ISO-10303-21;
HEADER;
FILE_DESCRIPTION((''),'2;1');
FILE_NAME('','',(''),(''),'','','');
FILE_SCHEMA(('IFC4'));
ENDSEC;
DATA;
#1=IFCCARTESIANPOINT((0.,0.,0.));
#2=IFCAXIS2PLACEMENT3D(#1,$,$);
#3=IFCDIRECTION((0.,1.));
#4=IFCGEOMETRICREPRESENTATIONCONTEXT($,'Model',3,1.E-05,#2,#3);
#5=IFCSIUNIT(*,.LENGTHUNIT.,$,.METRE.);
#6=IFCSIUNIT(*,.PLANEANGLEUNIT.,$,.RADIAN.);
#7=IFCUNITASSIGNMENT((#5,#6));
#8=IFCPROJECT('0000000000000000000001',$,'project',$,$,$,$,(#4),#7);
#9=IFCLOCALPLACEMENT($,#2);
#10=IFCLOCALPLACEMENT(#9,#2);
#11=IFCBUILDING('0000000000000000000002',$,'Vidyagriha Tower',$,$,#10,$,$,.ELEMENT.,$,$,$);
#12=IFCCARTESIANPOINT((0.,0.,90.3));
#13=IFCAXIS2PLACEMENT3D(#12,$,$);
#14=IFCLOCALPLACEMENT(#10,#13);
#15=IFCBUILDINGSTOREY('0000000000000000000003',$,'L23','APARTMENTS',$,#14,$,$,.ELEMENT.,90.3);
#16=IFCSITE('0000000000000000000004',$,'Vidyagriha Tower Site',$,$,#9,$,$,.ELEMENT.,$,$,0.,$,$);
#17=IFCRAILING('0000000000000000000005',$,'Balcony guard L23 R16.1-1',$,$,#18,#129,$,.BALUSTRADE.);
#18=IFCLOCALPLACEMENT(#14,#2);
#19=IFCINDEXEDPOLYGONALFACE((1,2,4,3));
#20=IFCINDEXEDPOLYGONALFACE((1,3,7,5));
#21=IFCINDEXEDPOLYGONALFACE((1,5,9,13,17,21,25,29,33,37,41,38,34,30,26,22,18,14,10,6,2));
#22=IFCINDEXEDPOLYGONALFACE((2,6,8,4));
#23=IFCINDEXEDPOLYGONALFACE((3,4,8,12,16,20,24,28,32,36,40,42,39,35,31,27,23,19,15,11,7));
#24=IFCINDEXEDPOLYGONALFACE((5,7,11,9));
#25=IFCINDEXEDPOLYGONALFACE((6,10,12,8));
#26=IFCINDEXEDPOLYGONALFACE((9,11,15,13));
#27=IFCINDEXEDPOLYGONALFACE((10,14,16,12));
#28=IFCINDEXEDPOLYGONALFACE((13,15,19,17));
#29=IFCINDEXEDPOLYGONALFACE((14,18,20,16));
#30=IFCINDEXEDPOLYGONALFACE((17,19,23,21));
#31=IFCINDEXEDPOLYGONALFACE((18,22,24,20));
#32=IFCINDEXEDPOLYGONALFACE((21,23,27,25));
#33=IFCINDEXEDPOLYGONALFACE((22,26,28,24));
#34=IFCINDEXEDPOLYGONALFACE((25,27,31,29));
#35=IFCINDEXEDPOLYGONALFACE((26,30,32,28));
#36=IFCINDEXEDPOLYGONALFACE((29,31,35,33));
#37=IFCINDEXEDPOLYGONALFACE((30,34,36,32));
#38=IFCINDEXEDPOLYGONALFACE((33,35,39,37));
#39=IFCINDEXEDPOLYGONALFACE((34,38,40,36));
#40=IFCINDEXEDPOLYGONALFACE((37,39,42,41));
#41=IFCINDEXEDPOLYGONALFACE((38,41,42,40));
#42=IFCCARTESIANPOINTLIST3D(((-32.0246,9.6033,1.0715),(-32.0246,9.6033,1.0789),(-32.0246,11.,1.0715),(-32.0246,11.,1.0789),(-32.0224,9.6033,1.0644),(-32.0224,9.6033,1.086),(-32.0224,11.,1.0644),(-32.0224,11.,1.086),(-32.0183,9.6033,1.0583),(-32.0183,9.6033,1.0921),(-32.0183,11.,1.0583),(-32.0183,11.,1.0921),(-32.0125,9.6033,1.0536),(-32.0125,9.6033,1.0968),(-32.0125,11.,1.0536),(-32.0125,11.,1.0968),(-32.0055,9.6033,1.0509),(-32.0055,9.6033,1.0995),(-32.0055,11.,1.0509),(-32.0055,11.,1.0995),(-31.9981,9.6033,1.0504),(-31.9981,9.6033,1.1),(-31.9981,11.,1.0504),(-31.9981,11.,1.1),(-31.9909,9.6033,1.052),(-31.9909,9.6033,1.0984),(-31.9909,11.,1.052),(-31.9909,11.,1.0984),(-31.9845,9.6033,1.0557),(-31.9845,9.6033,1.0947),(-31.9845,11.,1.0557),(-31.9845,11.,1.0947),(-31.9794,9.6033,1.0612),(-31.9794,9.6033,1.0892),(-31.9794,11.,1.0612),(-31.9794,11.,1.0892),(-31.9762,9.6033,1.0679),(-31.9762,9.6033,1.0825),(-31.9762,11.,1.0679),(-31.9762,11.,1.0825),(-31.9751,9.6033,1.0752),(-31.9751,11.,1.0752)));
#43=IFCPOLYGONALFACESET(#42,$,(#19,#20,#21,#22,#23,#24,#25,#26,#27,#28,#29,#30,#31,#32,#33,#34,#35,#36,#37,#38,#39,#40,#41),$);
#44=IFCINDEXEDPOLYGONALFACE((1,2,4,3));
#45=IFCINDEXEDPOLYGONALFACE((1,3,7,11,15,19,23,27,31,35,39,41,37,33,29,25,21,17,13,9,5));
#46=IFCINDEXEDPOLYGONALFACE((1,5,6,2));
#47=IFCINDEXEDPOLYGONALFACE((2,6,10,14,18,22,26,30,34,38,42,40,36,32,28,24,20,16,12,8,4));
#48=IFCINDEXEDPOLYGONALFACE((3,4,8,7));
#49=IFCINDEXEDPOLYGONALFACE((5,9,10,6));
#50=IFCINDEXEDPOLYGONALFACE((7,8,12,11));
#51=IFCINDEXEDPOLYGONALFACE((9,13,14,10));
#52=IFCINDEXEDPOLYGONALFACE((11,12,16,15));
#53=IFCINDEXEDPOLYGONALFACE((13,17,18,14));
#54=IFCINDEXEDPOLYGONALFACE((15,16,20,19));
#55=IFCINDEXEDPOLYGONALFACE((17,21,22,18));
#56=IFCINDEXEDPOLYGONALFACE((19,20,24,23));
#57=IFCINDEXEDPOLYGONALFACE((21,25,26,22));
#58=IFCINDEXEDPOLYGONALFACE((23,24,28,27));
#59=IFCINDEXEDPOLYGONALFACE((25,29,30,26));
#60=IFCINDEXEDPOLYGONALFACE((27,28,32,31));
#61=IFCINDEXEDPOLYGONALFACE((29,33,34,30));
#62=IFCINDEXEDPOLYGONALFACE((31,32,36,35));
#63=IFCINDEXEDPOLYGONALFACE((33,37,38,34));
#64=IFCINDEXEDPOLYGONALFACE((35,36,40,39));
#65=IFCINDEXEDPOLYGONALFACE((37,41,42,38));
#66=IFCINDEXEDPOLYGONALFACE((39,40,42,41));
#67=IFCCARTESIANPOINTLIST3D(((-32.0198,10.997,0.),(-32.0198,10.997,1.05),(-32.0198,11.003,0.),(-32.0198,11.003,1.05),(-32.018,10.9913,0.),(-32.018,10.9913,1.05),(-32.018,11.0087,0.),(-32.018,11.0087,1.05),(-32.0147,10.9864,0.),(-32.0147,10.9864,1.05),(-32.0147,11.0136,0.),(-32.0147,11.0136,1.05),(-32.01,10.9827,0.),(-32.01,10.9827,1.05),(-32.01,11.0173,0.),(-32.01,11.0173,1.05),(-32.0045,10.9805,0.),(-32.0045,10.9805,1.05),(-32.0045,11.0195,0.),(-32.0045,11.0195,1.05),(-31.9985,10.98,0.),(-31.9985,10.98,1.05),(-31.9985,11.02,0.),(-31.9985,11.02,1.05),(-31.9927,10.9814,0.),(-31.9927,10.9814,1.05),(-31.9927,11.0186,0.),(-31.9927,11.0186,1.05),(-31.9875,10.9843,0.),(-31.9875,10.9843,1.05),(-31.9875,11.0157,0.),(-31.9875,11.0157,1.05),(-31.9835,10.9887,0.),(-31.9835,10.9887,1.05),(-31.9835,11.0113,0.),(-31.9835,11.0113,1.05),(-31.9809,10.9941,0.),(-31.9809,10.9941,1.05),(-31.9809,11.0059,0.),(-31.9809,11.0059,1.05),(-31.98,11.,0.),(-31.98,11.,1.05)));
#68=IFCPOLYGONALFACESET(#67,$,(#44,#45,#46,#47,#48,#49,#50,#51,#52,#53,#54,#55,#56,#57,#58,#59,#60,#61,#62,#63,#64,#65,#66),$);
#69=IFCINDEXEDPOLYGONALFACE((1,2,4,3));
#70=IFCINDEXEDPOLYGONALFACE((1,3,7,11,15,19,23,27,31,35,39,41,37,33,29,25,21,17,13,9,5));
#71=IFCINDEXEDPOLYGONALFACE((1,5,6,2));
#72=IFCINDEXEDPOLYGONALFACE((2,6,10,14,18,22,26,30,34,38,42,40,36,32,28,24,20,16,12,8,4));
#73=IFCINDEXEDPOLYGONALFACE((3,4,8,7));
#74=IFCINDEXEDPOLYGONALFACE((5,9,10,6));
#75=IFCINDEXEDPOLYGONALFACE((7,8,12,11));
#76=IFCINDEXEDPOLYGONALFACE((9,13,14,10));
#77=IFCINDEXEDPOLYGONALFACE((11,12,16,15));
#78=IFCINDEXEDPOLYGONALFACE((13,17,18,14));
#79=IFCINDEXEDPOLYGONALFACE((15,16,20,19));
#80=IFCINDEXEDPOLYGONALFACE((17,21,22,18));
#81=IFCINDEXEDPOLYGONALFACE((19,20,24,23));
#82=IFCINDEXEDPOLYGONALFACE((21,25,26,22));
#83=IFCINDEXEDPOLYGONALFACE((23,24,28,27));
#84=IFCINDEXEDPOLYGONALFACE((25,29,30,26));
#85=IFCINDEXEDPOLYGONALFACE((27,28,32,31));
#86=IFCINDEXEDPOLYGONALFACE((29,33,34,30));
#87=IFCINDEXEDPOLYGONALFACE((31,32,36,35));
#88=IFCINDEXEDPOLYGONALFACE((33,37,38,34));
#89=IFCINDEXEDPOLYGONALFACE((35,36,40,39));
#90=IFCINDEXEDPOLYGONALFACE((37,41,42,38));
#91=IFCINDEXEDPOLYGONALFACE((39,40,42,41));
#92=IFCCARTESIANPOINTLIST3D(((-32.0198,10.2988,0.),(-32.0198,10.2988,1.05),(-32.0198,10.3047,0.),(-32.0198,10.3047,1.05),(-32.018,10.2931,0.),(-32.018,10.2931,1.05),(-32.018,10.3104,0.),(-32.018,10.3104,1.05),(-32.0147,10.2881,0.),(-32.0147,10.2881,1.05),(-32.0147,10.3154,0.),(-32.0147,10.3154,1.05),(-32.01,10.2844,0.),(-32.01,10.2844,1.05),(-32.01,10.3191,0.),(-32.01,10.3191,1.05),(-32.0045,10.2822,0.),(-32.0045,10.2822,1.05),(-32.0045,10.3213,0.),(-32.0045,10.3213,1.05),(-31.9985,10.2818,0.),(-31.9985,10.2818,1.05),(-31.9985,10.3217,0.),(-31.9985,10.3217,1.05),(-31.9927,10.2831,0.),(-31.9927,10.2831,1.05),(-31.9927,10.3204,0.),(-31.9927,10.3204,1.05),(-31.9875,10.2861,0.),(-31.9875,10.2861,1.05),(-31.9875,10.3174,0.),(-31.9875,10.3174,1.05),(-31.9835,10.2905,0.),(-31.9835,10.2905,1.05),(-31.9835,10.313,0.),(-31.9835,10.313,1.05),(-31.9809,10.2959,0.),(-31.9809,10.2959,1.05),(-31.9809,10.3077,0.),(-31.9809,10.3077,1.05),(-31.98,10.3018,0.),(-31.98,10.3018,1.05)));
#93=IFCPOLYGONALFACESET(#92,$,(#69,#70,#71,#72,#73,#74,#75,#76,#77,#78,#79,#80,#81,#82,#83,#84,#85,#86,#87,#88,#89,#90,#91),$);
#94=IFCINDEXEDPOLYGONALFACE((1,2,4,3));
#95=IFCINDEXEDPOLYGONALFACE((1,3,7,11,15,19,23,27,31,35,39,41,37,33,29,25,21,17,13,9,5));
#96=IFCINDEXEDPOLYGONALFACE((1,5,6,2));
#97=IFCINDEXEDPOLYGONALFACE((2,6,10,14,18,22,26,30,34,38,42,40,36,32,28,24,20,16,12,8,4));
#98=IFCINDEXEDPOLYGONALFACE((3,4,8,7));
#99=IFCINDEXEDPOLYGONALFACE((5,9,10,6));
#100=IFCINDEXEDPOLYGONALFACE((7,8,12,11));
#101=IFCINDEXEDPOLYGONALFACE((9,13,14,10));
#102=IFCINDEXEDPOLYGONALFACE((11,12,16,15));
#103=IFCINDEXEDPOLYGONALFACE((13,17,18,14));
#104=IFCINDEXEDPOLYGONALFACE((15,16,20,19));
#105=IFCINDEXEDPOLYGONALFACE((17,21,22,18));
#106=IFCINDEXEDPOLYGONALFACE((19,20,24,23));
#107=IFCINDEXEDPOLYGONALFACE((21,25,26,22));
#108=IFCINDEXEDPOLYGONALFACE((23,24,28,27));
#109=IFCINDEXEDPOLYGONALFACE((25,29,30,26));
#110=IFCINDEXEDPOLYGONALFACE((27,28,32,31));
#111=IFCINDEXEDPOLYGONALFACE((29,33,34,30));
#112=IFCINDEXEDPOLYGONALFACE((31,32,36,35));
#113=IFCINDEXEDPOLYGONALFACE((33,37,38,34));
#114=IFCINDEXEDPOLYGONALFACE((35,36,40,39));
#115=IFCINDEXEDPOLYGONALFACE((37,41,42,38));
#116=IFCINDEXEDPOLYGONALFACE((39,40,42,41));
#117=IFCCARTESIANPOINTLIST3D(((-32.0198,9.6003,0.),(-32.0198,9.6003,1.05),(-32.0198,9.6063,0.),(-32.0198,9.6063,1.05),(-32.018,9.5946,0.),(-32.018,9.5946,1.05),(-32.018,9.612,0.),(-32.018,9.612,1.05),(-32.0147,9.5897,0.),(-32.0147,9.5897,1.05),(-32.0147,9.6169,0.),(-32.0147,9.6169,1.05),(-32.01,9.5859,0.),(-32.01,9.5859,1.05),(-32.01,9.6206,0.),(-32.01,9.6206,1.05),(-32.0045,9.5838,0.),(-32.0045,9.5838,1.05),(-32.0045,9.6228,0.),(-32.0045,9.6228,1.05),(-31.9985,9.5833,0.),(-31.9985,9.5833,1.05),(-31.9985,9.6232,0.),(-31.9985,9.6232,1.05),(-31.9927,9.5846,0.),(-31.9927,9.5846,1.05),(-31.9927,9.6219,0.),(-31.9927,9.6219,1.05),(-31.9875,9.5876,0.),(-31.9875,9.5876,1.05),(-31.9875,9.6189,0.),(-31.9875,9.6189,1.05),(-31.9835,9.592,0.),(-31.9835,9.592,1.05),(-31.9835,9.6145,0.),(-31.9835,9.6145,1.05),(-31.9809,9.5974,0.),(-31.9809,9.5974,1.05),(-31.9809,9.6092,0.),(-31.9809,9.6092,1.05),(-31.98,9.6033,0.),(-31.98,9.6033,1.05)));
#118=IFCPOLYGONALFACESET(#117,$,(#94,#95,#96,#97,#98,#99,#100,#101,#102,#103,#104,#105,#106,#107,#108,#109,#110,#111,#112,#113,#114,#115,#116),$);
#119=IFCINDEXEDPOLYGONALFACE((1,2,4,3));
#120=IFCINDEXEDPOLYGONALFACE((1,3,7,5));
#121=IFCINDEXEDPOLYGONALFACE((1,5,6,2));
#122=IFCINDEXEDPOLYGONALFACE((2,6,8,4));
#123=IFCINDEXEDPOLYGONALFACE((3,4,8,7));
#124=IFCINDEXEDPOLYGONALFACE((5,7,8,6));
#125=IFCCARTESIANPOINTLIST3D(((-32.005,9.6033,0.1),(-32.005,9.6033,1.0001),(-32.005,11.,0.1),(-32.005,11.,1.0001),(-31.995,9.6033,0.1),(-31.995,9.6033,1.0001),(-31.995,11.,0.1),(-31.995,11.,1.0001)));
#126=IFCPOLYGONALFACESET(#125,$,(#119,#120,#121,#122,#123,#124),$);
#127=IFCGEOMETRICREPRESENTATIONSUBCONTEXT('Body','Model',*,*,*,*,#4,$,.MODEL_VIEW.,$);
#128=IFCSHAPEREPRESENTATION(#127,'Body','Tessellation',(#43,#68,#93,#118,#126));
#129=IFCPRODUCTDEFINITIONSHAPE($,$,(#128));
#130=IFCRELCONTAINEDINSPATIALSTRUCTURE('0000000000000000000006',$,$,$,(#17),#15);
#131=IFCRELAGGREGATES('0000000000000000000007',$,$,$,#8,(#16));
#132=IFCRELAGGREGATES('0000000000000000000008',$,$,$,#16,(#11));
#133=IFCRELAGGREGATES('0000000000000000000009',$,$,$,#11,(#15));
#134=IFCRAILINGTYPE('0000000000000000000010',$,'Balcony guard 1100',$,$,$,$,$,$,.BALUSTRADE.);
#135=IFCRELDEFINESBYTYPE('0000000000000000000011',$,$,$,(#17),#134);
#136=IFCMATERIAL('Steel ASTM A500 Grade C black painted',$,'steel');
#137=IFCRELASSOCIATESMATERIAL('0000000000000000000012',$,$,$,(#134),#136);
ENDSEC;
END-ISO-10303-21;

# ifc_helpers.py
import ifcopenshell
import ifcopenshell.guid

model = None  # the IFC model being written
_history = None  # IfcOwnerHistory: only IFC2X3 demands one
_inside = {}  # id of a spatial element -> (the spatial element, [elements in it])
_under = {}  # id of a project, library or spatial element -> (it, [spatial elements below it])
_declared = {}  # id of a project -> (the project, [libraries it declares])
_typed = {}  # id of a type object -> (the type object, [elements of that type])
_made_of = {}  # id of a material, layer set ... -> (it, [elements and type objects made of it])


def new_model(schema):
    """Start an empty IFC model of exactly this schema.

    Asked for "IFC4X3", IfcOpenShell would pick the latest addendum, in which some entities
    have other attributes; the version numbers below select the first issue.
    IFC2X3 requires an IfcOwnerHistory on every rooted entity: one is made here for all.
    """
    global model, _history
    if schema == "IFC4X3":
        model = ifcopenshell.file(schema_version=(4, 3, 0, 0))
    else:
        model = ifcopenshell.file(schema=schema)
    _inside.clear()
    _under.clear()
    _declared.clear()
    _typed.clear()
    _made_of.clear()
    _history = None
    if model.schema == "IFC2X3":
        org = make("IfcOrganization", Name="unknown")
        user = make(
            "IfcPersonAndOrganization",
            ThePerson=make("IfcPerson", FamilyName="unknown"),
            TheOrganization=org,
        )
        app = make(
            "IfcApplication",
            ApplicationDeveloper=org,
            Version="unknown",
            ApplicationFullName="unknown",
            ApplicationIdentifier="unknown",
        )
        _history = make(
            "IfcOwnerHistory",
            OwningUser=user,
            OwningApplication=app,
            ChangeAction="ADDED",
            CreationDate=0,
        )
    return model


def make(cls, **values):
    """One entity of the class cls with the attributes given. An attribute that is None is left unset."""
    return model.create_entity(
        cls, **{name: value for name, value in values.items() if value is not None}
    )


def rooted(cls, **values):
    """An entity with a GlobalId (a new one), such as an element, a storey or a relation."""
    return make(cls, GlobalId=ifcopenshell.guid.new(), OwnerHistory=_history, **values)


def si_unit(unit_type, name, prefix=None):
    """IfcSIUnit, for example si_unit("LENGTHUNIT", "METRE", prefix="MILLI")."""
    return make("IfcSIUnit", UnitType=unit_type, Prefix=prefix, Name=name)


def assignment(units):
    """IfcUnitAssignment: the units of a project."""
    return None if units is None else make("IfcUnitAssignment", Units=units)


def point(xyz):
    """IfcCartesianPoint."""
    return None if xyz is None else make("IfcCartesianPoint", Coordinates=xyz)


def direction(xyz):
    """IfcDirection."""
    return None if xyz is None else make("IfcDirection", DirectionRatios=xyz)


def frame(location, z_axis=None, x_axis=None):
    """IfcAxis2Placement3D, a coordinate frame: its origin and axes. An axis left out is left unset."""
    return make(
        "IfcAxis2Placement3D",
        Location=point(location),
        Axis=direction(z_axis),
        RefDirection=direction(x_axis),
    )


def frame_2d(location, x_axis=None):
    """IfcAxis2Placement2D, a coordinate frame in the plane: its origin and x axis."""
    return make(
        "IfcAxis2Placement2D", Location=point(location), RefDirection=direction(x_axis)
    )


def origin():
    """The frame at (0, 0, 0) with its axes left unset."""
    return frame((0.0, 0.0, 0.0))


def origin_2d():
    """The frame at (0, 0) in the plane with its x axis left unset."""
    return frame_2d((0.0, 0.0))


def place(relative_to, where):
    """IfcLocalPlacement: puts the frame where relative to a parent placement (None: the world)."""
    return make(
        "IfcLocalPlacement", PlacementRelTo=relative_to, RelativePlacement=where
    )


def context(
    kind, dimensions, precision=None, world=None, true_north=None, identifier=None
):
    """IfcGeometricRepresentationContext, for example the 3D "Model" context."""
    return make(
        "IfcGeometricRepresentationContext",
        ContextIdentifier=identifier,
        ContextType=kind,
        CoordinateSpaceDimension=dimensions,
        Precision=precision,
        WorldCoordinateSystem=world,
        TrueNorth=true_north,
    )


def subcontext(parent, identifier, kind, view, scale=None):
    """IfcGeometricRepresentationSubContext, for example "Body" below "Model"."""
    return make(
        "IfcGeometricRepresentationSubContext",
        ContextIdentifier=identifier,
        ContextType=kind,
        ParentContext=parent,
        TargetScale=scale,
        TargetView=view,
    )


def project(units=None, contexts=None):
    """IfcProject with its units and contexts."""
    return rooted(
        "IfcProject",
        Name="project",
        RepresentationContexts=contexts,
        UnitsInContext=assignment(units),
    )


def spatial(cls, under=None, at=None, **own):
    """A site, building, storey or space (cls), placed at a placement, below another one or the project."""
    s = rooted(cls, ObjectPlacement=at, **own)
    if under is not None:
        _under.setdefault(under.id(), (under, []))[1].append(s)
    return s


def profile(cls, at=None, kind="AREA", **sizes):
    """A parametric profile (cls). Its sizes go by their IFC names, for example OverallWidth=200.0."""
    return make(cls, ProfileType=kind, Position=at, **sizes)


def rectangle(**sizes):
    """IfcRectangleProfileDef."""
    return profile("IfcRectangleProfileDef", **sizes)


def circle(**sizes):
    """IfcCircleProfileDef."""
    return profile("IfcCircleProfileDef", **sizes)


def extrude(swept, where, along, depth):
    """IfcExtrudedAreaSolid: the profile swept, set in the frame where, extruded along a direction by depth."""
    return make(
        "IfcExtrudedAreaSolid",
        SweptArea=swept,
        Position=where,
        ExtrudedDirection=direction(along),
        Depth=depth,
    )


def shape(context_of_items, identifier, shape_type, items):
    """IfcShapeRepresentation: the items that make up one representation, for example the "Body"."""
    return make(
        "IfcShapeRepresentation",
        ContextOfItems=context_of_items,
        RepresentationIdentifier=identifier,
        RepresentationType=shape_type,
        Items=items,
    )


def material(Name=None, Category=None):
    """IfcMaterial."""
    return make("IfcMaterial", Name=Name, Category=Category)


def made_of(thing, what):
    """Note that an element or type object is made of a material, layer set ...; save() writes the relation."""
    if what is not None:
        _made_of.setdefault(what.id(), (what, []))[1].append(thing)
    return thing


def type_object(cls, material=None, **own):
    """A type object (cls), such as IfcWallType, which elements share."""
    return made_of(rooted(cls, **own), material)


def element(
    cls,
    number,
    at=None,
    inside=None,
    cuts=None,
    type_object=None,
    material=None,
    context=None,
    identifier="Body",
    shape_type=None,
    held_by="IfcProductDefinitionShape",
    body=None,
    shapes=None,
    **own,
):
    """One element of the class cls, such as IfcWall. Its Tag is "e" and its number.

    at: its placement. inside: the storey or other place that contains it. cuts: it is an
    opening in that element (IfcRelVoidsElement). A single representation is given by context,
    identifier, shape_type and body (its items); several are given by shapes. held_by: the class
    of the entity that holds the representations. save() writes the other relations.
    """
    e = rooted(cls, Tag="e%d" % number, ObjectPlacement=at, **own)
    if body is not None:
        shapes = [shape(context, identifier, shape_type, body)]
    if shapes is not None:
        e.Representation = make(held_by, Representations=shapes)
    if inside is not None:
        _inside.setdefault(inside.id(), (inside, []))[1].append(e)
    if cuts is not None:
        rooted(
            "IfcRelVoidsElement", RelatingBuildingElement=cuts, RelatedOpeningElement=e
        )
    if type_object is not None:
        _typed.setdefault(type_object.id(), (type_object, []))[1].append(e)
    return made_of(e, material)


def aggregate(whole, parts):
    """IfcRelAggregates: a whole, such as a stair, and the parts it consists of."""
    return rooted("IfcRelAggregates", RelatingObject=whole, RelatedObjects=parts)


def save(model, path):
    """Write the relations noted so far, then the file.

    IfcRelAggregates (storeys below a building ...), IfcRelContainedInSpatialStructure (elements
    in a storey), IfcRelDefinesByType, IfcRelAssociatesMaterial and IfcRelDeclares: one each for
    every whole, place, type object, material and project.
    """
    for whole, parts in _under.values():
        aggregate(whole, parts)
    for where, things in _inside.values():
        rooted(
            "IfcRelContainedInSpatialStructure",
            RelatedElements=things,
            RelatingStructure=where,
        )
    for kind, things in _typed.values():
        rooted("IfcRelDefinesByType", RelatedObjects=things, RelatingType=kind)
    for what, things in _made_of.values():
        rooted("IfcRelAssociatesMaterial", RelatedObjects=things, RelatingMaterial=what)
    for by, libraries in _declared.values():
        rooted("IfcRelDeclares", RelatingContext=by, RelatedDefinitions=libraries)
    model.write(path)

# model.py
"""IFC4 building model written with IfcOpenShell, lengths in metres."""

from ifc_helpers import new_model, si_unit, direction, frame, origin, origin_2d, place, context, subcontext, project, spatial, rectangle, circle, extrude, material, type_object, element, save


model = new_model("IFC4")

# Units and contexts
model_context = context("Model", 3, precision=1e-05, world=origin(), true_north=direction((0.0, 1.0)))
body_context = subcontext(model_context, "Body", "Model", "MODEL_VIEW")
ifc_project = project(units=[si_unit("LENGTHUNIT", "METRE"), si_unit("PLANEANGLEUNIT", "RADIAN")], contexts=[model_context])

# Site, building, storey
site_placement = place(None, origin())
site = spatial("IfcSite", under=ifc_project, at=site_placement, Name="Vidyagriha Tower Site", CompositionType="ELEMENT", RefElevation=0.0)
building_placement = place(site_placement, origin())
building = spatial("IfcBuilding", under=site, at=building_placement, Name="Vidyagriha Tower", CompositionType="ELEMENT")
storey_placement = place(building_placement, frame((0.0, 0.0, 90.3)))
storey = spatial("IfcBuildingStorey", under=building, at=storey_placement, Name="L23", Description="APARTMENTS", CompositionType="ELEMENT", Elevation=90.3)

# Railing
ifc_material_1 = material(Name="Steel ASTM A500 Grade C black painted", Category="steel")
railing_type_1 = type_object("IfcRailingType", Name="Balcony guard 1100", PredefinedType="BALUSTRADE", material=ifc_material_1)
railing_1_placement = place(storey_placement, frame((-32.0, 11.0, 0.0)))
element("IfcRailing", 1, at=railing_1_placement, inside=storey, type_object=railing_type_1, Name="Balcony guard L23 R16.1-1", PredefinedType="BALUSTRADE", context=body_context, shape_type="SweptSolid", body=[
    extrude(circle(Radius=0.0249, at=origin_2d()), frame((0.0, 0.0, 1.0752), z_axis=(0.0, -1.0, 0.0), x_axis=(1.0, 0.0, 0.0)), (0.0, 0.0, 1.0), 1.3967),
    extrude(circle(Radius=0.02, at=origin_2d()), origin(), (0.0, 0.0, 1.0), 1.05),
    extrude(circle(Radius=0.02, at=origin_2d()), frame((0.0, -0.6982, 0.0)), (0.0, 0.0, 1.0), 1.05),
    extrude(circle(Radius=0.02, at=origin_2d()), frame((0.0, -1.3967, 0.0)), (0.0, 0.0, 1.0), 1.05),
    extrude(rectangle(XDim=0.01, YDim=0.9001, at=origin_2d()), frame((0.0, 0.0, 0.55), z_axis=(0.0, -1.0, 0.0), x_axis=(1.0, 0.0, 0.0)), (0.0, 0.0, 1.0), 1.3967),
])

save(model, "model.ifc")
